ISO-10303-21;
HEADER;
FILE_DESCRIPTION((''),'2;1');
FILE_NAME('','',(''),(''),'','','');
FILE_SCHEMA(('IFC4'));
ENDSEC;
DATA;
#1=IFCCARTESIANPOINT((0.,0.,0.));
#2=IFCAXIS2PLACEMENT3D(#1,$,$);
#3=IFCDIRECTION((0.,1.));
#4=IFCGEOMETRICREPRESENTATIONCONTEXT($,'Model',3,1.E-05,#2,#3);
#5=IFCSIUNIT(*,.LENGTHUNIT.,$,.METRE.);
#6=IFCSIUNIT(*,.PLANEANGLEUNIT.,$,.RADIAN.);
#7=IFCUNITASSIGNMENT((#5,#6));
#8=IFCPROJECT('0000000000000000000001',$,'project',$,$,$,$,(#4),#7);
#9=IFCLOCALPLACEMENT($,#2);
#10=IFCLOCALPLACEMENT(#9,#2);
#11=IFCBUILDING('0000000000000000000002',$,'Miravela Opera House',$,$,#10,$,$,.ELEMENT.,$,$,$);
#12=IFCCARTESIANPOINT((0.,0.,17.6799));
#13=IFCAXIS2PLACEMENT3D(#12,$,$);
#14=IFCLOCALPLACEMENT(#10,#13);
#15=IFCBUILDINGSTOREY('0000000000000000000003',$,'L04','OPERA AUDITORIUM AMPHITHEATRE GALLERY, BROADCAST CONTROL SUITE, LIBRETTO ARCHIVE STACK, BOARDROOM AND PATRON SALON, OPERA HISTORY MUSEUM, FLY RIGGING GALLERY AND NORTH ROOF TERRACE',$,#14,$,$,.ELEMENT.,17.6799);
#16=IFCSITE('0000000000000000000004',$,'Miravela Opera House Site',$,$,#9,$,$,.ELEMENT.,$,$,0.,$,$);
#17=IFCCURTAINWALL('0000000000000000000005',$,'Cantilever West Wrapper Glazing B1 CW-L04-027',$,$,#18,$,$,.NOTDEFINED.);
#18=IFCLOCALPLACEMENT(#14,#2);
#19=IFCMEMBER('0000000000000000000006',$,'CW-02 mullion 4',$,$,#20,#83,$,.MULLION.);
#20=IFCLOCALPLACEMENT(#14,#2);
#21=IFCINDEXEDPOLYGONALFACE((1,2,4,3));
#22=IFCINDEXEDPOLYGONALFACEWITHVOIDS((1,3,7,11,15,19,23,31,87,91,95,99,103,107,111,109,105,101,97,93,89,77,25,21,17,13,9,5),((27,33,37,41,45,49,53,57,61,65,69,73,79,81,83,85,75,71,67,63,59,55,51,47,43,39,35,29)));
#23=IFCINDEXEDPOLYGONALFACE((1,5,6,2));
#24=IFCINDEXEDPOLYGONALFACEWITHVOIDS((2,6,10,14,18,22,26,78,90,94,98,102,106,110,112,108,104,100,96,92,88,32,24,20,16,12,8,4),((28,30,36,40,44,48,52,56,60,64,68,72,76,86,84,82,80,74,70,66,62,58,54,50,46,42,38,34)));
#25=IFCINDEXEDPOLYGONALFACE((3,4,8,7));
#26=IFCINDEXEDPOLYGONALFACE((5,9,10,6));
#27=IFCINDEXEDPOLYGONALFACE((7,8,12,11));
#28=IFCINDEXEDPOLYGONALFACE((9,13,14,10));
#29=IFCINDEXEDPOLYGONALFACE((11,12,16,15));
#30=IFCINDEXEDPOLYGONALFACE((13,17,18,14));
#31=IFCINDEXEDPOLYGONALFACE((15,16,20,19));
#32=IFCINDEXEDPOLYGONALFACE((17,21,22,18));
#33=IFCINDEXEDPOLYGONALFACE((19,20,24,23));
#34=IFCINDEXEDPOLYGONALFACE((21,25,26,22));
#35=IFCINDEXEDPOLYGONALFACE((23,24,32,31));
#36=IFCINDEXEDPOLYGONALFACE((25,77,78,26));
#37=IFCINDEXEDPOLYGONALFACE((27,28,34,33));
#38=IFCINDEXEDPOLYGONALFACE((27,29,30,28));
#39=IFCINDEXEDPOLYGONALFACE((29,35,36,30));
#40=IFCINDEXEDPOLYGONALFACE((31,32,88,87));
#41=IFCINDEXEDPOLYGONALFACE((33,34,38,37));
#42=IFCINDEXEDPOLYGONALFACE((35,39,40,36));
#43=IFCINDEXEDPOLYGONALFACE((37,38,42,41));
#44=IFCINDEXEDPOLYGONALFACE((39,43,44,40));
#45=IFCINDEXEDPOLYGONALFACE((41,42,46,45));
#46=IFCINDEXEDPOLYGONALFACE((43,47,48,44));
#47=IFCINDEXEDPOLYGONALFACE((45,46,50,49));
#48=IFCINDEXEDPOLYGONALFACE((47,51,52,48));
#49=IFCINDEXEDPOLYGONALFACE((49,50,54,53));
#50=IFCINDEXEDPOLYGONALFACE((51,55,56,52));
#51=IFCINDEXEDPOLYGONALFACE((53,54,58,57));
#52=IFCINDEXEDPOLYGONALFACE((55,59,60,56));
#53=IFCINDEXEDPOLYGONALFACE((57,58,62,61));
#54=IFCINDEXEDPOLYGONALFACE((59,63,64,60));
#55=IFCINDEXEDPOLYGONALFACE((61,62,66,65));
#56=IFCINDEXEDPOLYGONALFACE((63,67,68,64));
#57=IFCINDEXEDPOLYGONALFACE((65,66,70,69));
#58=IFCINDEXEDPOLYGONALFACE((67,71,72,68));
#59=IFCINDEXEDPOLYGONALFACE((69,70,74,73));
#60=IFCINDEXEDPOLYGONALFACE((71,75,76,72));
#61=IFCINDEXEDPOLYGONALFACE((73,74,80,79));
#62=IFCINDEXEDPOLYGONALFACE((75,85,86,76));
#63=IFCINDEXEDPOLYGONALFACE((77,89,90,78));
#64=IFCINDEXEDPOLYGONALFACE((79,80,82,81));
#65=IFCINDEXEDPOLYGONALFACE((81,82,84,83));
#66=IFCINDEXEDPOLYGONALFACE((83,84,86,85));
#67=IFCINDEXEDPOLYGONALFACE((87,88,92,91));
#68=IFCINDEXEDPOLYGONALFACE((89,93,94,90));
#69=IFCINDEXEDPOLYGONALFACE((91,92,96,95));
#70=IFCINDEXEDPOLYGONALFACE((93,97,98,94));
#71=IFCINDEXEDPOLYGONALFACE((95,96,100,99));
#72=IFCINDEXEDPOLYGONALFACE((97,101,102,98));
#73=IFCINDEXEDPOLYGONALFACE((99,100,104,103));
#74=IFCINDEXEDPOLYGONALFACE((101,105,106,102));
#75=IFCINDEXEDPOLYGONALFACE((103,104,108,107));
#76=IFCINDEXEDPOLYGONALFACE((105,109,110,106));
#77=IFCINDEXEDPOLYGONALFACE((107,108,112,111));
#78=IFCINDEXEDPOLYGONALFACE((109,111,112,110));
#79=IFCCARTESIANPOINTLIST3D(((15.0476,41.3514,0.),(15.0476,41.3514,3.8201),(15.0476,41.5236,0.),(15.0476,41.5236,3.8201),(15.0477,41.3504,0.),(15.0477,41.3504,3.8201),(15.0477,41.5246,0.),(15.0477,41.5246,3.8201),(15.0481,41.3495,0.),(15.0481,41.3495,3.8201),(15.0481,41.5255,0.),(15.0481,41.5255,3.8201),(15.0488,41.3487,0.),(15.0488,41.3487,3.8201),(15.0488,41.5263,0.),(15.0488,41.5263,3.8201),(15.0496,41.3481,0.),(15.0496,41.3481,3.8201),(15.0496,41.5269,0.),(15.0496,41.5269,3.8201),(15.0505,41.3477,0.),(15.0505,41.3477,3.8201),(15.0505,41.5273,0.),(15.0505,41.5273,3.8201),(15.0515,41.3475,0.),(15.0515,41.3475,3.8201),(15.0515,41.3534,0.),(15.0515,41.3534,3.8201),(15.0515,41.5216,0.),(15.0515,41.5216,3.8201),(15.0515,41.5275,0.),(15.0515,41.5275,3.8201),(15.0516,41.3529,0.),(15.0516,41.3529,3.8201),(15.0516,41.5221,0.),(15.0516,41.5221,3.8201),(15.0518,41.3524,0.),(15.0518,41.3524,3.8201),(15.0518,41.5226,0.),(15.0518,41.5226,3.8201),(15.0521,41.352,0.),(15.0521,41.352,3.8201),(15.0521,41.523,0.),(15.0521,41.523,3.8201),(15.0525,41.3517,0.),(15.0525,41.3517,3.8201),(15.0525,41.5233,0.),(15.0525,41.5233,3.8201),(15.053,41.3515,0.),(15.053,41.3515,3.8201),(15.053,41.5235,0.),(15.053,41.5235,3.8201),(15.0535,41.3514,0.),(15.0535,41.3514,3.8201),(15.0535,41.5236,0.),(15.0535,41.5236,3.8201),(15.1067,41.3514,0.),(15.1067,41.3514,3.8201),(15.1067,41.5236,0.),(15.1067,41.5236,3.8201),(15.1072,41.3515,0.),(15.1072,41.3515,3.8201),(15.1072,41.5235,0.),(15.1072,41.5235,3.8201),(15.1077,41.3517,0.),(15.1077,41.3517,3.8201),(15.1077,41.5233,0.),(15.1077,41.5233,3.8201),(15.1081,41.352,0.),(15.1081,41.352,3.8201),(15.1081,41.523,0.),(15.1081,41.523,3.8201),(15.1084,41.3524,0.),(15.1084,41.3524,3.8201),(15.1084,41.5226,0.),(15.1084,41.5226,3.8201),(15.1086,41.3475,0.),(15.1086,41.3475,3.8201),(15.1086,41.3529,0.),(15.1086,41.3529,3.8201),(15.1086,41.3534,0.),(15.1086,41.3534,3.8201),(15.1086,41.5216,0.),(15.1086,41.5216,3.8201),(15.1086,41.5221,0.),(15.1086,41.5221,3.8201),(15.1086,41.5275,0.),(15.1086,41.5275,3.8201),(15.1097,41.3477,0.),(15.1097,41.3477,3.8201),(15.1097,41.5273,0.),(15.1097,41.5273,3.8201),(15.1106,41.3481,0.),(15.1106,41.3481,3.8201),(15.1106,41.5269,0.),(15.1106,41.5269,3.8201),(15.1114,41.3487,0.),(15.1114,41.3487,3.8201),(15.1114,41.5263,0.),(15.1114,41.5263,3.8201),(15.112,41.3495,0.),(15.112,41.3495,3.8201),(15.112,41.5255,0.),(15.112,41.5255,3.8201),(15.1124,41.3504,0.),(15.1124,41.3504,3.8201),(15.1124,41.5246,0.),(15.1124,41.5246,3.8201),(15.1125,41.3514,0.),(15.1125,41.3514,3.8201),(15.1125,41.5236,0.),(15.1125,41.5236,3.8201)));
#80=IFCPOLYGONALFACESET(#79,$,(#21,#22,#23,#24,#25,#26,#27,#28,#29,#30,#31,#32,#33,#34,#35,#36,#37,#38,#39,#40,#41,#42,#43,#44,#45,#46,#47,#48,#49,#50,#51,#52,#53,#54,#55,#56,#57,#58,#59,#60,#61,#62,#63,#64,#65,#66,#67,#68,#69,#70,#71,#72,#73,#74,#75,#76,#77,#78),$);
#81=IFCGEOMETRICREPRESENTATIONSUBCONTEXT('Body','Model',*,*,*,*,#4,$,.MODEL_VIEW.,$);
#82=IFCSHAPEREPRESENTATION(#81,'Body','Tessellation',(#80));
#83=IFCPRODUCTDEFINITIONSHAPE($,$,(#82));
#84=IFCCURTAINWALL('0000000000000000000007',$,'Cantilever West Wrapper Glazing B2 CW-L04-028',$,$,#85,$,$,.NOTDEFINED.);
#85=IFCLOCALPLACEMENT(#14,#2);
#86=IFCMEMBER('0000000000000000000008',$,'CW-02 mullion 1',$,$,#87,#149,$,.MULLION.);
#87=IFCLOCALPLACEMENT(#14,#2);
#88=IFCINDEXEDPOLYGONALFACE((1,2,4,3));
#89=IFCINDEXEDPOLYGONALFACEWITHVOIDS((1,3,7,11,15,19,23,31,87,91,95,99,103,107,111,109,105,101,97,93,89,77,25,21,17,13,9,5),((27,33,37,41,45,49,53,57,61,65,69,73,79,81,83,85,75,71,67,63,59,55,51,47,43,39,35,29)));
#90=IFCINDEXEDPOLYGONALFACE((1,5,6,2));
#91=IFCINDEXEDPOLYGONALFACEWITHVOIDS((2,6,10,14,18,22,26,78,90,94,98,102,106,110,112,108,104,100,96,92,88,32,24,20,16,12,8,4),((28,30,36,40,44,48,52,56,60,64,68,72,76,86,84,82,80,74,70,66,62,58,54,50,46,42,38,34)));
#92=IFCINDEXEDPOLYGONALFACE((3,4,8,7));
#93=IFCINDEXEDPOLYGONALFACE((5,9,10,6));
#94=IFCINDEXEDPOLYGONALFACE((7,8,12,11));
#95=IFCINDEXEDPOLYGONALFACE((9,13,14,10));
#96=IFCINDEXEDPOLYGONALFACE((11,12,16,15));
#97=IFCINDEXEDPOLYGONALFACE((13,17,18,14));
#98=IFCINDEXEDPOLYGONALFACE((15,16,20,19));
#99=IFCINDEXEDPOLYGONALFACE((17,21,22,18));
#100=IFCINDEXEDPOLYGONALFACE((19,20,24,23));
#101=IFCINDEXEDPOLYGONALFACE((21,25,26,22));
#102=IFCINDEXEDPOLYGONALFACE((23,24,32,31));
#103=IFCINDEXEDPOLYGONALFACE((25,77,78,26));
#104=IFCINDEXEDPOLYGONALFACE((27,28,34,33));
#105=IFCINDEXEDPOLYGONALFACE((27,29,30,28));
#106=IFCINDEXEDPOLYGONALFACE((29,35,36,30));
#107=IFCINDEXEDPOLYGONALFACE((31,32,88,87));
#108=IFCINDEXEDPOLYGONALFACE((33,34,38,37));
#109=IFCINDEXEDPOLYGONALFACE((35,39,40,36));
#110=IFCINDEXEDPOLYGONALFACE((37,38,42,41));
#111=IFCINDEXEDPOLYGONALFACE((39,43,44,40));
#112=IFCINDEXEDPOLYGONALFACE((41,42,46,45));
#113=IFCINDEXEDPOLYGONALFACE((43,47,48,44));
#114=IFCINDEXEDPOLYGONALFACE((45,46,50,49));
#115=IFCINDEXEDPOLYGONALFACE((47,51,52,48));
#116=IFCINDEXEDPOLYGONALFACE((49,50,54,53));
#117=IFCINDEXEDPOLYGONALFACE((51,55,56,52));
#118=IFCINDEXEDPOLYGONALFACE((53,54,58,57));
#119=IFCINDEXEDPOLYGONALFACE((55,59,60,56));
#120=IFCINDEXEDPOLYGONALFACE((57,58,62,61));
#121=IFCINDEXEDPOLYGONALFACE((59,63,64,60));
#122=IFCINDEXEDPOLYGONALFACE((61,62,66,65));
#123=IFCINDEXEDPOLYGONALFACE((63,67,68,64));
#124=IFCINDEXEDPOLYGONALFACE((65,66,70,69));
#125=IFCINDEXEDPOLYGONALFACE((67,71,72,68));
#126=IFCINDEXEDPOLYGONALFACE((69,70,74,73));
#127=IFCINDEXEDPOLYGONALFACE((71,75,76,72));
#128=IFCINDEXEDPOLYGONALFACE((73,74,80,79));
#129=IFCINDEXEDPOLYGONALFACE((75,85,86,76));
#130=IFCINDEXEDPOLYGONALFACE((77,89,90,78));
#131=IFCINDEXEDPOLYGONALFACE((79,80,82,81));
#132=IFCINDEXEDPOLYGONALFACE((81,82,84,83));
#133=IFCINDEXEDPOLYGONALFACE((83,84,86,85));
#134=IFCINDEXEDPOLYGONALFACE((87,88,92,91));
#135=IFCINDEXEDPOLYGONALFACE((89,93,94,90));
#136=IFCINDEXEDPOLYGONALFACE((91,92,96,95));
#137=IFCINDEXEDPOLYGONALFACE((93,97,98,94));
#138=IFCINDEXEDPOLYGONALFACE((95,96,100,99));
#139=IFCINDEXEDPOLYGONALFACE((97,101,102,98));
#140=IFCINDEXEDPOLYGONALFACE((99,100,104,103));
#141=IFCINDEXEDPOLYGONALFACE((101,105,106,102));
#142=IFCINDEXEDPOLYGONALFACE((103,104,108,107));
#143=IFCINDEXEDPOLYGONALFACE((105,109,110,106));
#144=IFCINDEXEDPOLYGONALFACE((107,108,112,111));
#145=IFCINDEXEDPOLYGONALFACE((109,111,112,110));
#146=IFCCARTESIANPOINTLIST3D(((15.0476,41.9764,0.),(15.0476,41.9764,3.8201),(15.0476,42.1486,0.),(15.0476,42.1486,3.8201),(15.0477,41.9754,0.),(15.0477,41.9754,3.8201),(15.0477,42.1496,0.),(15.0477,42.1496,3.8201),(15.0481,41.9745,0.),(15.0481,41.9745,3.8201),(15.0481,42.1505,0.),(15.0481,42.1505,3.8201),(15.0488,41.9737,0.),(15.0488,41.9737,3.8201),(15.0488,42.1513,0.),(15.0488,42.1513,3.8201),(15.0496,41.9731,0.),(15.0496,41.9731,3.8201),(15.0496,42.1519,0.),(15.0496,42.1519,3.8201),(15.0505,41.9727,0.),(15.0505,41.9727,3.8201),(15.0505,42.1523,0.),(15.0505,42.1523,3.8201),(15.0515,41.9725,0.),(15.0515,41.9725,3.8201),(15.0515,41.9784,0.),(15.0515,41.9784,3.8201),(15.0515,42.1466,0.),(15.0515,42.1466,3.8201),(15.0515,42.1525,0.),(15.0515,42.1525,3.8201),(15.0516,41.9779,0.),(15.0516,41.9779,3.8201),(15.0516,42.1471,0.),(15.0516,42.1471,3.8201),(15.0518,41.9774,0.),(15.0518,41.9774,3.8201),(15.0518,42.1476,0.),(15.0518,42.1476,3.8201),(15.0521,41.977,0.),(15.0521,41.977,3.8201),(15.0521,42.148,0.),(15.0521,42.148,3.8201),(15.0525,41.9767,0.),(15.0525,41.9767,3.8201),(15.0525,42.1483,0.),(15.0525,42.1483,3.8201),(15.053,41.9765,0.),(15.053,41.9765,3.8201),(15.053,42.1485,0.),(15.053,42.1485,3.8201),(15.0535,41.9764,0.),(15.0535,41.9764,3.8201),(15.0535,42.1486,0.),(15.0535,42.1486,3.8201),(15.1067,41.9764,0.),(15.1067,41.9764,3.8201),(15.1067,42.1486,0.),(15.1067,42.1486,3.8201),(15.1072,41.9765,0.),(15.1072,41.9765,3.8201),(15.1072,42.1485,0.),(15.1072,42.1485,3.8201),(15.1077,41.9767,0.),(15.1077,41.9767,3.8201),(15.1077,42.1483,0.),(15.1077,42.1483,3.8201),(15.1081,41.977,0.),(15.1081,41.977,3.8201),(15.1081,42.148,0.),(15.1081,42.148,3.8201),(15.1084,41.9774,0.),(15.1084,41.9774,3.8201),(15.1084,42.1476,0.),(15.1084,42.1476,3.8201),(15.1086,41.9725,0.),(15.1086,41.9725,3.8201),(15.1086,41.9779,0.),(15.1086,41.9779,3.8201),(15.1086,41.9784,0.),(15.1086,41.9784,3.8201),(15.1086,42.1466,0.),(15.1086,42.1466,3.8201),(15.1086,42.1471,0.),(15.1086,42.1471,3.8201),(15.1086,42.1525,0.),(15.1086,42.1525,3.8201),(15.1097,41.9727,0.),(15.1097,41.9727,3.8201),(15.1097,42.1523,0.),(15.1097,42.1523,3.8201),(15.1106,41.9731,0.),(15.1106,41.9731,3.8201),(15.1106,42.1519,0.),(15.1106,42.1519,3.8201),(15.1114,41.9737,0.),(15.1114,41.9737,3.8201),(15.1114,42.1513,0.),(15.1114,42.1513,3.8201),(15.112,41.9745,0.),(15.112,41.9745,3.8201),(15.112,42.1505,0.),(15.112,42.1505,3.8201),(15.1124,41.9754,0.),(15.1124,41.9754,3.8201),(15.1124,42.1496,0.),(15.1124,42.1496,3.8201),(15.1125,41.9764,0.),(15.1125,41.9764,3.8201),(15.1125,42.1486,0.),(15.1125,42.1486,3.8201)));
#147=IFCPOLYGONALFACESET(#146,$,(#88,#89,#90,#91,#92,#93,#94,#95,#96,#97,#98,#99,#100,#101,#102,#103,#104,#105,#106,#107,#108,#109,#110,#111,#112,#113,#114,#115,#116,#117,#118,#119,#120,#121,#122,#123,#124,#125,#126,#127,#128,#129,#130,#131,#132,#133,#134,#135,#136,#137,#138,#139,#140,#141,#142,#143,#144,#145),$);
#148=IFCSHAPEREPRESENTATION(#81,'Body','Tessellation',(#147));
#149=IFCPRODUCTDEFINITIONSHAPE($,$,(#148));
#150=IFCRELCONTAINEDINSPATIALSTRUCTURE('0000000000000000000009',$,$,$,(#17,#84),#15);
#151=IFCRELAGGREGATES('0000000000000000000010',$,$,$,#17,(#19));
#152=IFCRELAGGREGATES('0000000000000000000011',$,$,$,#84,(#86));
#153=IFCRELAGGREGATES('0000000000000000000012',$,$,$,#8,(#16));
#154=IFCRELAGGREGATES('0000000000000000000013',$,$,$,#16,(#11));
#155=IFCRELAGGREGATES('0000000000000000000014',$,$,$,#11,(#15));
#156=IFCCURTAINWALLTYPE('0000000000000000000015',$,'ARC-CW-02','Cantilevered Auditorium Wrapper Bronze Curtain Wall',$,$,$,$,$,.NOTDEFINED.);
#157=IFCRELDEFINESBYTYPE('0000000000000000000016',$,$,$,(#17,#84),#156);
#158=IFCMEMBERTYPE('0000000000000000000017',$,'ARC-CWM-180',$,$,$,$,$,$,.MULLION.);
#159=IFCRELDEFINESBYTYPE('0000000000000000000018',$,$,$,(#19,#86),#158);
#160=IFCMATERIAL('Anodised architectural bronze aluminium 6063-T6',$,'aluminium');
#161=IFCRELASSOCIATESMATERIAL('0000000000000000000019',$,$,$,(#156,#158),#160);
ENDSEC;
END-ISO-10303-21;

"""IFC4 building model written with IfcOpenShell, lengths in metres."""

from ifc_helpers import new_model, si_unit, direction, frame, origin, origin_2d, place, context, subcontext, project, spatial, hollow_rectangle, extrude, material, material_profile, profile_set, type_object, element, aggregate, save


model = new_model("IFC4")

# Units and contexts
model_context = context("Model", 3, precision=1e-05, world=origin(), true_north=direction((0.0, 1.0)))
body_context = subcontext(model_context, "Body", "Model", "MODEL_VIEW")
ifc_project = project(units=[si_unit("LENGTHUNIT", "METRE"), si_unit("PLANEANGLEUNIT", "RADIAN")], contexts=[model_context])

# Site, building, storey
site_placement = place(None, origin())
site = spatial("IfcSite", under=ifc_project, at=site_placement, Name="Miravela Opera House Site", CompositionType="ELEMENT", RefElevation=0.0)
building_placement = place(site_placement, origin())
building = spatial("IfcBuilding", under=site, at=building_placement, Name="Miravela Opera House", CompositionType="ELEMENT")
storey_placement = place(building_placement, frame((0.0, 0.0, 17.6799)))
storey = spatial("IfcBuildingStorey", under=building, at=storey_placement, Name="L04", Description="OPERA AUDITORIUM AMPHITHEATRE GALLERY, BROADCAST CONTROL SUITE, LIBRETTO ARCHIVE STACK, BOARDROOM AND PATRON SALON, OPERA HISTORY MUSEUM, FLY RIGGING GALLERY AND NORTH ROOF TERRACE", CompositionType="ELEMENT", Elevation=17.6799)

# Curtain wall, member
ifc_material_1 = material(Name="Anodised architectural bronze aluminium 6063-T6", Category="aluminium")
curtain_wall_type = type_object("IfcCurtainWallType", Name="ARC-CW-02", Description="Cantilevered Auditorium Wrapper Bronze Curtain Wall", PredefinedType="NOTDEFINED", material=ifc_material_1)
curtain_wall_1_placement = place(storey_placement, origin())
curtain_wall_1 = element("IfcCurtainWall", 1, at=curtain_wall_1_placement, inside=storey, type_object=curtain_wall_type, Name="Cantilever West Wrapper Glazing B1 CW-L04-027", PredefinedType="NOTDEFINED")
ifc_material_profile_1 = material_profile(ifc_material_1, hollow_rectangle(XDim=0.0649, YDim=0.1799, WallThickness=0.0039, InnerFilletRadius=0.002, OuterFilletRadius=0.0039, at=origin_2d()), Name="CWM-65X180")
ifc_profile_set_1 = profile_set([ifc_material_profile_1])
member_type_1 = type_object("IfcMemberType", Name="ARC-CWM-180", PredefinedType="MULLION", material=ifc_profile_set_1)
member_1_placement = place(storey_placement, frame((15.0801, 41.4375, 0.0), z_axis=(0.0, 0.0, 1.0), x_axis=(-1.0, 0.0, 0.0)))
member_1 = element("IfcMember", 2, at=member_1_placement, type_object=member_type_1, Name="CW-02 mullion 4", PredefinedType="MULLION", context=body_context, shape_type="SweptSolid", body=[
    extrude(hollow_rectangle(XDim=0.0649, YDim=0.1799, WallThickness=0.0039, InnerFilletRadius=0.002, OuterFilletRadius=0.0039, at=origin_2d()), origin(), (0.0, 0.0, 1.0), 3.8201),
])

# Curtain wall, member
curtain_wall_2_placement = place(storey_placement, origin())
curtain_wall_2 = element("IfcCurtainWall", 3, at=curtain_wall_2_placement, inside=storey, type_object=curtain_wall_type, Name="Cantilever West Wrapper Glazing B2 CW-L04-028", PredefinedType="NOTDEFINED")
member_2_placement = place(storey_placement, frame((15.0801, 42.0625, 0.0), z_axis=(0.0, 0.0, 1.0), x_axis=(-1.0, 0.0, 0.0)))
member_2 = element("IfcMember", 4, at=member_2_placement, type_object=member_type_1, Name="CW-02 mullion 1", PredefinedType="MULLION", context=body_context, shape_type="SweptSolid", body=[
    extrude(hollow_rectangle(XDim=0.0649, YDim=0.1799, WallThickness=0.0039, InnerFilletRadius=0.002, OuterFilletRadius=0.0039, at=origin_2d()), origin(), (0.0, 0.0, 1.0), 3.8201),
])

aggregate(curtain_wall_1, [member_1])
aggregate(curtain_wall_2, [member_2])

save(model, "model.ifc")
